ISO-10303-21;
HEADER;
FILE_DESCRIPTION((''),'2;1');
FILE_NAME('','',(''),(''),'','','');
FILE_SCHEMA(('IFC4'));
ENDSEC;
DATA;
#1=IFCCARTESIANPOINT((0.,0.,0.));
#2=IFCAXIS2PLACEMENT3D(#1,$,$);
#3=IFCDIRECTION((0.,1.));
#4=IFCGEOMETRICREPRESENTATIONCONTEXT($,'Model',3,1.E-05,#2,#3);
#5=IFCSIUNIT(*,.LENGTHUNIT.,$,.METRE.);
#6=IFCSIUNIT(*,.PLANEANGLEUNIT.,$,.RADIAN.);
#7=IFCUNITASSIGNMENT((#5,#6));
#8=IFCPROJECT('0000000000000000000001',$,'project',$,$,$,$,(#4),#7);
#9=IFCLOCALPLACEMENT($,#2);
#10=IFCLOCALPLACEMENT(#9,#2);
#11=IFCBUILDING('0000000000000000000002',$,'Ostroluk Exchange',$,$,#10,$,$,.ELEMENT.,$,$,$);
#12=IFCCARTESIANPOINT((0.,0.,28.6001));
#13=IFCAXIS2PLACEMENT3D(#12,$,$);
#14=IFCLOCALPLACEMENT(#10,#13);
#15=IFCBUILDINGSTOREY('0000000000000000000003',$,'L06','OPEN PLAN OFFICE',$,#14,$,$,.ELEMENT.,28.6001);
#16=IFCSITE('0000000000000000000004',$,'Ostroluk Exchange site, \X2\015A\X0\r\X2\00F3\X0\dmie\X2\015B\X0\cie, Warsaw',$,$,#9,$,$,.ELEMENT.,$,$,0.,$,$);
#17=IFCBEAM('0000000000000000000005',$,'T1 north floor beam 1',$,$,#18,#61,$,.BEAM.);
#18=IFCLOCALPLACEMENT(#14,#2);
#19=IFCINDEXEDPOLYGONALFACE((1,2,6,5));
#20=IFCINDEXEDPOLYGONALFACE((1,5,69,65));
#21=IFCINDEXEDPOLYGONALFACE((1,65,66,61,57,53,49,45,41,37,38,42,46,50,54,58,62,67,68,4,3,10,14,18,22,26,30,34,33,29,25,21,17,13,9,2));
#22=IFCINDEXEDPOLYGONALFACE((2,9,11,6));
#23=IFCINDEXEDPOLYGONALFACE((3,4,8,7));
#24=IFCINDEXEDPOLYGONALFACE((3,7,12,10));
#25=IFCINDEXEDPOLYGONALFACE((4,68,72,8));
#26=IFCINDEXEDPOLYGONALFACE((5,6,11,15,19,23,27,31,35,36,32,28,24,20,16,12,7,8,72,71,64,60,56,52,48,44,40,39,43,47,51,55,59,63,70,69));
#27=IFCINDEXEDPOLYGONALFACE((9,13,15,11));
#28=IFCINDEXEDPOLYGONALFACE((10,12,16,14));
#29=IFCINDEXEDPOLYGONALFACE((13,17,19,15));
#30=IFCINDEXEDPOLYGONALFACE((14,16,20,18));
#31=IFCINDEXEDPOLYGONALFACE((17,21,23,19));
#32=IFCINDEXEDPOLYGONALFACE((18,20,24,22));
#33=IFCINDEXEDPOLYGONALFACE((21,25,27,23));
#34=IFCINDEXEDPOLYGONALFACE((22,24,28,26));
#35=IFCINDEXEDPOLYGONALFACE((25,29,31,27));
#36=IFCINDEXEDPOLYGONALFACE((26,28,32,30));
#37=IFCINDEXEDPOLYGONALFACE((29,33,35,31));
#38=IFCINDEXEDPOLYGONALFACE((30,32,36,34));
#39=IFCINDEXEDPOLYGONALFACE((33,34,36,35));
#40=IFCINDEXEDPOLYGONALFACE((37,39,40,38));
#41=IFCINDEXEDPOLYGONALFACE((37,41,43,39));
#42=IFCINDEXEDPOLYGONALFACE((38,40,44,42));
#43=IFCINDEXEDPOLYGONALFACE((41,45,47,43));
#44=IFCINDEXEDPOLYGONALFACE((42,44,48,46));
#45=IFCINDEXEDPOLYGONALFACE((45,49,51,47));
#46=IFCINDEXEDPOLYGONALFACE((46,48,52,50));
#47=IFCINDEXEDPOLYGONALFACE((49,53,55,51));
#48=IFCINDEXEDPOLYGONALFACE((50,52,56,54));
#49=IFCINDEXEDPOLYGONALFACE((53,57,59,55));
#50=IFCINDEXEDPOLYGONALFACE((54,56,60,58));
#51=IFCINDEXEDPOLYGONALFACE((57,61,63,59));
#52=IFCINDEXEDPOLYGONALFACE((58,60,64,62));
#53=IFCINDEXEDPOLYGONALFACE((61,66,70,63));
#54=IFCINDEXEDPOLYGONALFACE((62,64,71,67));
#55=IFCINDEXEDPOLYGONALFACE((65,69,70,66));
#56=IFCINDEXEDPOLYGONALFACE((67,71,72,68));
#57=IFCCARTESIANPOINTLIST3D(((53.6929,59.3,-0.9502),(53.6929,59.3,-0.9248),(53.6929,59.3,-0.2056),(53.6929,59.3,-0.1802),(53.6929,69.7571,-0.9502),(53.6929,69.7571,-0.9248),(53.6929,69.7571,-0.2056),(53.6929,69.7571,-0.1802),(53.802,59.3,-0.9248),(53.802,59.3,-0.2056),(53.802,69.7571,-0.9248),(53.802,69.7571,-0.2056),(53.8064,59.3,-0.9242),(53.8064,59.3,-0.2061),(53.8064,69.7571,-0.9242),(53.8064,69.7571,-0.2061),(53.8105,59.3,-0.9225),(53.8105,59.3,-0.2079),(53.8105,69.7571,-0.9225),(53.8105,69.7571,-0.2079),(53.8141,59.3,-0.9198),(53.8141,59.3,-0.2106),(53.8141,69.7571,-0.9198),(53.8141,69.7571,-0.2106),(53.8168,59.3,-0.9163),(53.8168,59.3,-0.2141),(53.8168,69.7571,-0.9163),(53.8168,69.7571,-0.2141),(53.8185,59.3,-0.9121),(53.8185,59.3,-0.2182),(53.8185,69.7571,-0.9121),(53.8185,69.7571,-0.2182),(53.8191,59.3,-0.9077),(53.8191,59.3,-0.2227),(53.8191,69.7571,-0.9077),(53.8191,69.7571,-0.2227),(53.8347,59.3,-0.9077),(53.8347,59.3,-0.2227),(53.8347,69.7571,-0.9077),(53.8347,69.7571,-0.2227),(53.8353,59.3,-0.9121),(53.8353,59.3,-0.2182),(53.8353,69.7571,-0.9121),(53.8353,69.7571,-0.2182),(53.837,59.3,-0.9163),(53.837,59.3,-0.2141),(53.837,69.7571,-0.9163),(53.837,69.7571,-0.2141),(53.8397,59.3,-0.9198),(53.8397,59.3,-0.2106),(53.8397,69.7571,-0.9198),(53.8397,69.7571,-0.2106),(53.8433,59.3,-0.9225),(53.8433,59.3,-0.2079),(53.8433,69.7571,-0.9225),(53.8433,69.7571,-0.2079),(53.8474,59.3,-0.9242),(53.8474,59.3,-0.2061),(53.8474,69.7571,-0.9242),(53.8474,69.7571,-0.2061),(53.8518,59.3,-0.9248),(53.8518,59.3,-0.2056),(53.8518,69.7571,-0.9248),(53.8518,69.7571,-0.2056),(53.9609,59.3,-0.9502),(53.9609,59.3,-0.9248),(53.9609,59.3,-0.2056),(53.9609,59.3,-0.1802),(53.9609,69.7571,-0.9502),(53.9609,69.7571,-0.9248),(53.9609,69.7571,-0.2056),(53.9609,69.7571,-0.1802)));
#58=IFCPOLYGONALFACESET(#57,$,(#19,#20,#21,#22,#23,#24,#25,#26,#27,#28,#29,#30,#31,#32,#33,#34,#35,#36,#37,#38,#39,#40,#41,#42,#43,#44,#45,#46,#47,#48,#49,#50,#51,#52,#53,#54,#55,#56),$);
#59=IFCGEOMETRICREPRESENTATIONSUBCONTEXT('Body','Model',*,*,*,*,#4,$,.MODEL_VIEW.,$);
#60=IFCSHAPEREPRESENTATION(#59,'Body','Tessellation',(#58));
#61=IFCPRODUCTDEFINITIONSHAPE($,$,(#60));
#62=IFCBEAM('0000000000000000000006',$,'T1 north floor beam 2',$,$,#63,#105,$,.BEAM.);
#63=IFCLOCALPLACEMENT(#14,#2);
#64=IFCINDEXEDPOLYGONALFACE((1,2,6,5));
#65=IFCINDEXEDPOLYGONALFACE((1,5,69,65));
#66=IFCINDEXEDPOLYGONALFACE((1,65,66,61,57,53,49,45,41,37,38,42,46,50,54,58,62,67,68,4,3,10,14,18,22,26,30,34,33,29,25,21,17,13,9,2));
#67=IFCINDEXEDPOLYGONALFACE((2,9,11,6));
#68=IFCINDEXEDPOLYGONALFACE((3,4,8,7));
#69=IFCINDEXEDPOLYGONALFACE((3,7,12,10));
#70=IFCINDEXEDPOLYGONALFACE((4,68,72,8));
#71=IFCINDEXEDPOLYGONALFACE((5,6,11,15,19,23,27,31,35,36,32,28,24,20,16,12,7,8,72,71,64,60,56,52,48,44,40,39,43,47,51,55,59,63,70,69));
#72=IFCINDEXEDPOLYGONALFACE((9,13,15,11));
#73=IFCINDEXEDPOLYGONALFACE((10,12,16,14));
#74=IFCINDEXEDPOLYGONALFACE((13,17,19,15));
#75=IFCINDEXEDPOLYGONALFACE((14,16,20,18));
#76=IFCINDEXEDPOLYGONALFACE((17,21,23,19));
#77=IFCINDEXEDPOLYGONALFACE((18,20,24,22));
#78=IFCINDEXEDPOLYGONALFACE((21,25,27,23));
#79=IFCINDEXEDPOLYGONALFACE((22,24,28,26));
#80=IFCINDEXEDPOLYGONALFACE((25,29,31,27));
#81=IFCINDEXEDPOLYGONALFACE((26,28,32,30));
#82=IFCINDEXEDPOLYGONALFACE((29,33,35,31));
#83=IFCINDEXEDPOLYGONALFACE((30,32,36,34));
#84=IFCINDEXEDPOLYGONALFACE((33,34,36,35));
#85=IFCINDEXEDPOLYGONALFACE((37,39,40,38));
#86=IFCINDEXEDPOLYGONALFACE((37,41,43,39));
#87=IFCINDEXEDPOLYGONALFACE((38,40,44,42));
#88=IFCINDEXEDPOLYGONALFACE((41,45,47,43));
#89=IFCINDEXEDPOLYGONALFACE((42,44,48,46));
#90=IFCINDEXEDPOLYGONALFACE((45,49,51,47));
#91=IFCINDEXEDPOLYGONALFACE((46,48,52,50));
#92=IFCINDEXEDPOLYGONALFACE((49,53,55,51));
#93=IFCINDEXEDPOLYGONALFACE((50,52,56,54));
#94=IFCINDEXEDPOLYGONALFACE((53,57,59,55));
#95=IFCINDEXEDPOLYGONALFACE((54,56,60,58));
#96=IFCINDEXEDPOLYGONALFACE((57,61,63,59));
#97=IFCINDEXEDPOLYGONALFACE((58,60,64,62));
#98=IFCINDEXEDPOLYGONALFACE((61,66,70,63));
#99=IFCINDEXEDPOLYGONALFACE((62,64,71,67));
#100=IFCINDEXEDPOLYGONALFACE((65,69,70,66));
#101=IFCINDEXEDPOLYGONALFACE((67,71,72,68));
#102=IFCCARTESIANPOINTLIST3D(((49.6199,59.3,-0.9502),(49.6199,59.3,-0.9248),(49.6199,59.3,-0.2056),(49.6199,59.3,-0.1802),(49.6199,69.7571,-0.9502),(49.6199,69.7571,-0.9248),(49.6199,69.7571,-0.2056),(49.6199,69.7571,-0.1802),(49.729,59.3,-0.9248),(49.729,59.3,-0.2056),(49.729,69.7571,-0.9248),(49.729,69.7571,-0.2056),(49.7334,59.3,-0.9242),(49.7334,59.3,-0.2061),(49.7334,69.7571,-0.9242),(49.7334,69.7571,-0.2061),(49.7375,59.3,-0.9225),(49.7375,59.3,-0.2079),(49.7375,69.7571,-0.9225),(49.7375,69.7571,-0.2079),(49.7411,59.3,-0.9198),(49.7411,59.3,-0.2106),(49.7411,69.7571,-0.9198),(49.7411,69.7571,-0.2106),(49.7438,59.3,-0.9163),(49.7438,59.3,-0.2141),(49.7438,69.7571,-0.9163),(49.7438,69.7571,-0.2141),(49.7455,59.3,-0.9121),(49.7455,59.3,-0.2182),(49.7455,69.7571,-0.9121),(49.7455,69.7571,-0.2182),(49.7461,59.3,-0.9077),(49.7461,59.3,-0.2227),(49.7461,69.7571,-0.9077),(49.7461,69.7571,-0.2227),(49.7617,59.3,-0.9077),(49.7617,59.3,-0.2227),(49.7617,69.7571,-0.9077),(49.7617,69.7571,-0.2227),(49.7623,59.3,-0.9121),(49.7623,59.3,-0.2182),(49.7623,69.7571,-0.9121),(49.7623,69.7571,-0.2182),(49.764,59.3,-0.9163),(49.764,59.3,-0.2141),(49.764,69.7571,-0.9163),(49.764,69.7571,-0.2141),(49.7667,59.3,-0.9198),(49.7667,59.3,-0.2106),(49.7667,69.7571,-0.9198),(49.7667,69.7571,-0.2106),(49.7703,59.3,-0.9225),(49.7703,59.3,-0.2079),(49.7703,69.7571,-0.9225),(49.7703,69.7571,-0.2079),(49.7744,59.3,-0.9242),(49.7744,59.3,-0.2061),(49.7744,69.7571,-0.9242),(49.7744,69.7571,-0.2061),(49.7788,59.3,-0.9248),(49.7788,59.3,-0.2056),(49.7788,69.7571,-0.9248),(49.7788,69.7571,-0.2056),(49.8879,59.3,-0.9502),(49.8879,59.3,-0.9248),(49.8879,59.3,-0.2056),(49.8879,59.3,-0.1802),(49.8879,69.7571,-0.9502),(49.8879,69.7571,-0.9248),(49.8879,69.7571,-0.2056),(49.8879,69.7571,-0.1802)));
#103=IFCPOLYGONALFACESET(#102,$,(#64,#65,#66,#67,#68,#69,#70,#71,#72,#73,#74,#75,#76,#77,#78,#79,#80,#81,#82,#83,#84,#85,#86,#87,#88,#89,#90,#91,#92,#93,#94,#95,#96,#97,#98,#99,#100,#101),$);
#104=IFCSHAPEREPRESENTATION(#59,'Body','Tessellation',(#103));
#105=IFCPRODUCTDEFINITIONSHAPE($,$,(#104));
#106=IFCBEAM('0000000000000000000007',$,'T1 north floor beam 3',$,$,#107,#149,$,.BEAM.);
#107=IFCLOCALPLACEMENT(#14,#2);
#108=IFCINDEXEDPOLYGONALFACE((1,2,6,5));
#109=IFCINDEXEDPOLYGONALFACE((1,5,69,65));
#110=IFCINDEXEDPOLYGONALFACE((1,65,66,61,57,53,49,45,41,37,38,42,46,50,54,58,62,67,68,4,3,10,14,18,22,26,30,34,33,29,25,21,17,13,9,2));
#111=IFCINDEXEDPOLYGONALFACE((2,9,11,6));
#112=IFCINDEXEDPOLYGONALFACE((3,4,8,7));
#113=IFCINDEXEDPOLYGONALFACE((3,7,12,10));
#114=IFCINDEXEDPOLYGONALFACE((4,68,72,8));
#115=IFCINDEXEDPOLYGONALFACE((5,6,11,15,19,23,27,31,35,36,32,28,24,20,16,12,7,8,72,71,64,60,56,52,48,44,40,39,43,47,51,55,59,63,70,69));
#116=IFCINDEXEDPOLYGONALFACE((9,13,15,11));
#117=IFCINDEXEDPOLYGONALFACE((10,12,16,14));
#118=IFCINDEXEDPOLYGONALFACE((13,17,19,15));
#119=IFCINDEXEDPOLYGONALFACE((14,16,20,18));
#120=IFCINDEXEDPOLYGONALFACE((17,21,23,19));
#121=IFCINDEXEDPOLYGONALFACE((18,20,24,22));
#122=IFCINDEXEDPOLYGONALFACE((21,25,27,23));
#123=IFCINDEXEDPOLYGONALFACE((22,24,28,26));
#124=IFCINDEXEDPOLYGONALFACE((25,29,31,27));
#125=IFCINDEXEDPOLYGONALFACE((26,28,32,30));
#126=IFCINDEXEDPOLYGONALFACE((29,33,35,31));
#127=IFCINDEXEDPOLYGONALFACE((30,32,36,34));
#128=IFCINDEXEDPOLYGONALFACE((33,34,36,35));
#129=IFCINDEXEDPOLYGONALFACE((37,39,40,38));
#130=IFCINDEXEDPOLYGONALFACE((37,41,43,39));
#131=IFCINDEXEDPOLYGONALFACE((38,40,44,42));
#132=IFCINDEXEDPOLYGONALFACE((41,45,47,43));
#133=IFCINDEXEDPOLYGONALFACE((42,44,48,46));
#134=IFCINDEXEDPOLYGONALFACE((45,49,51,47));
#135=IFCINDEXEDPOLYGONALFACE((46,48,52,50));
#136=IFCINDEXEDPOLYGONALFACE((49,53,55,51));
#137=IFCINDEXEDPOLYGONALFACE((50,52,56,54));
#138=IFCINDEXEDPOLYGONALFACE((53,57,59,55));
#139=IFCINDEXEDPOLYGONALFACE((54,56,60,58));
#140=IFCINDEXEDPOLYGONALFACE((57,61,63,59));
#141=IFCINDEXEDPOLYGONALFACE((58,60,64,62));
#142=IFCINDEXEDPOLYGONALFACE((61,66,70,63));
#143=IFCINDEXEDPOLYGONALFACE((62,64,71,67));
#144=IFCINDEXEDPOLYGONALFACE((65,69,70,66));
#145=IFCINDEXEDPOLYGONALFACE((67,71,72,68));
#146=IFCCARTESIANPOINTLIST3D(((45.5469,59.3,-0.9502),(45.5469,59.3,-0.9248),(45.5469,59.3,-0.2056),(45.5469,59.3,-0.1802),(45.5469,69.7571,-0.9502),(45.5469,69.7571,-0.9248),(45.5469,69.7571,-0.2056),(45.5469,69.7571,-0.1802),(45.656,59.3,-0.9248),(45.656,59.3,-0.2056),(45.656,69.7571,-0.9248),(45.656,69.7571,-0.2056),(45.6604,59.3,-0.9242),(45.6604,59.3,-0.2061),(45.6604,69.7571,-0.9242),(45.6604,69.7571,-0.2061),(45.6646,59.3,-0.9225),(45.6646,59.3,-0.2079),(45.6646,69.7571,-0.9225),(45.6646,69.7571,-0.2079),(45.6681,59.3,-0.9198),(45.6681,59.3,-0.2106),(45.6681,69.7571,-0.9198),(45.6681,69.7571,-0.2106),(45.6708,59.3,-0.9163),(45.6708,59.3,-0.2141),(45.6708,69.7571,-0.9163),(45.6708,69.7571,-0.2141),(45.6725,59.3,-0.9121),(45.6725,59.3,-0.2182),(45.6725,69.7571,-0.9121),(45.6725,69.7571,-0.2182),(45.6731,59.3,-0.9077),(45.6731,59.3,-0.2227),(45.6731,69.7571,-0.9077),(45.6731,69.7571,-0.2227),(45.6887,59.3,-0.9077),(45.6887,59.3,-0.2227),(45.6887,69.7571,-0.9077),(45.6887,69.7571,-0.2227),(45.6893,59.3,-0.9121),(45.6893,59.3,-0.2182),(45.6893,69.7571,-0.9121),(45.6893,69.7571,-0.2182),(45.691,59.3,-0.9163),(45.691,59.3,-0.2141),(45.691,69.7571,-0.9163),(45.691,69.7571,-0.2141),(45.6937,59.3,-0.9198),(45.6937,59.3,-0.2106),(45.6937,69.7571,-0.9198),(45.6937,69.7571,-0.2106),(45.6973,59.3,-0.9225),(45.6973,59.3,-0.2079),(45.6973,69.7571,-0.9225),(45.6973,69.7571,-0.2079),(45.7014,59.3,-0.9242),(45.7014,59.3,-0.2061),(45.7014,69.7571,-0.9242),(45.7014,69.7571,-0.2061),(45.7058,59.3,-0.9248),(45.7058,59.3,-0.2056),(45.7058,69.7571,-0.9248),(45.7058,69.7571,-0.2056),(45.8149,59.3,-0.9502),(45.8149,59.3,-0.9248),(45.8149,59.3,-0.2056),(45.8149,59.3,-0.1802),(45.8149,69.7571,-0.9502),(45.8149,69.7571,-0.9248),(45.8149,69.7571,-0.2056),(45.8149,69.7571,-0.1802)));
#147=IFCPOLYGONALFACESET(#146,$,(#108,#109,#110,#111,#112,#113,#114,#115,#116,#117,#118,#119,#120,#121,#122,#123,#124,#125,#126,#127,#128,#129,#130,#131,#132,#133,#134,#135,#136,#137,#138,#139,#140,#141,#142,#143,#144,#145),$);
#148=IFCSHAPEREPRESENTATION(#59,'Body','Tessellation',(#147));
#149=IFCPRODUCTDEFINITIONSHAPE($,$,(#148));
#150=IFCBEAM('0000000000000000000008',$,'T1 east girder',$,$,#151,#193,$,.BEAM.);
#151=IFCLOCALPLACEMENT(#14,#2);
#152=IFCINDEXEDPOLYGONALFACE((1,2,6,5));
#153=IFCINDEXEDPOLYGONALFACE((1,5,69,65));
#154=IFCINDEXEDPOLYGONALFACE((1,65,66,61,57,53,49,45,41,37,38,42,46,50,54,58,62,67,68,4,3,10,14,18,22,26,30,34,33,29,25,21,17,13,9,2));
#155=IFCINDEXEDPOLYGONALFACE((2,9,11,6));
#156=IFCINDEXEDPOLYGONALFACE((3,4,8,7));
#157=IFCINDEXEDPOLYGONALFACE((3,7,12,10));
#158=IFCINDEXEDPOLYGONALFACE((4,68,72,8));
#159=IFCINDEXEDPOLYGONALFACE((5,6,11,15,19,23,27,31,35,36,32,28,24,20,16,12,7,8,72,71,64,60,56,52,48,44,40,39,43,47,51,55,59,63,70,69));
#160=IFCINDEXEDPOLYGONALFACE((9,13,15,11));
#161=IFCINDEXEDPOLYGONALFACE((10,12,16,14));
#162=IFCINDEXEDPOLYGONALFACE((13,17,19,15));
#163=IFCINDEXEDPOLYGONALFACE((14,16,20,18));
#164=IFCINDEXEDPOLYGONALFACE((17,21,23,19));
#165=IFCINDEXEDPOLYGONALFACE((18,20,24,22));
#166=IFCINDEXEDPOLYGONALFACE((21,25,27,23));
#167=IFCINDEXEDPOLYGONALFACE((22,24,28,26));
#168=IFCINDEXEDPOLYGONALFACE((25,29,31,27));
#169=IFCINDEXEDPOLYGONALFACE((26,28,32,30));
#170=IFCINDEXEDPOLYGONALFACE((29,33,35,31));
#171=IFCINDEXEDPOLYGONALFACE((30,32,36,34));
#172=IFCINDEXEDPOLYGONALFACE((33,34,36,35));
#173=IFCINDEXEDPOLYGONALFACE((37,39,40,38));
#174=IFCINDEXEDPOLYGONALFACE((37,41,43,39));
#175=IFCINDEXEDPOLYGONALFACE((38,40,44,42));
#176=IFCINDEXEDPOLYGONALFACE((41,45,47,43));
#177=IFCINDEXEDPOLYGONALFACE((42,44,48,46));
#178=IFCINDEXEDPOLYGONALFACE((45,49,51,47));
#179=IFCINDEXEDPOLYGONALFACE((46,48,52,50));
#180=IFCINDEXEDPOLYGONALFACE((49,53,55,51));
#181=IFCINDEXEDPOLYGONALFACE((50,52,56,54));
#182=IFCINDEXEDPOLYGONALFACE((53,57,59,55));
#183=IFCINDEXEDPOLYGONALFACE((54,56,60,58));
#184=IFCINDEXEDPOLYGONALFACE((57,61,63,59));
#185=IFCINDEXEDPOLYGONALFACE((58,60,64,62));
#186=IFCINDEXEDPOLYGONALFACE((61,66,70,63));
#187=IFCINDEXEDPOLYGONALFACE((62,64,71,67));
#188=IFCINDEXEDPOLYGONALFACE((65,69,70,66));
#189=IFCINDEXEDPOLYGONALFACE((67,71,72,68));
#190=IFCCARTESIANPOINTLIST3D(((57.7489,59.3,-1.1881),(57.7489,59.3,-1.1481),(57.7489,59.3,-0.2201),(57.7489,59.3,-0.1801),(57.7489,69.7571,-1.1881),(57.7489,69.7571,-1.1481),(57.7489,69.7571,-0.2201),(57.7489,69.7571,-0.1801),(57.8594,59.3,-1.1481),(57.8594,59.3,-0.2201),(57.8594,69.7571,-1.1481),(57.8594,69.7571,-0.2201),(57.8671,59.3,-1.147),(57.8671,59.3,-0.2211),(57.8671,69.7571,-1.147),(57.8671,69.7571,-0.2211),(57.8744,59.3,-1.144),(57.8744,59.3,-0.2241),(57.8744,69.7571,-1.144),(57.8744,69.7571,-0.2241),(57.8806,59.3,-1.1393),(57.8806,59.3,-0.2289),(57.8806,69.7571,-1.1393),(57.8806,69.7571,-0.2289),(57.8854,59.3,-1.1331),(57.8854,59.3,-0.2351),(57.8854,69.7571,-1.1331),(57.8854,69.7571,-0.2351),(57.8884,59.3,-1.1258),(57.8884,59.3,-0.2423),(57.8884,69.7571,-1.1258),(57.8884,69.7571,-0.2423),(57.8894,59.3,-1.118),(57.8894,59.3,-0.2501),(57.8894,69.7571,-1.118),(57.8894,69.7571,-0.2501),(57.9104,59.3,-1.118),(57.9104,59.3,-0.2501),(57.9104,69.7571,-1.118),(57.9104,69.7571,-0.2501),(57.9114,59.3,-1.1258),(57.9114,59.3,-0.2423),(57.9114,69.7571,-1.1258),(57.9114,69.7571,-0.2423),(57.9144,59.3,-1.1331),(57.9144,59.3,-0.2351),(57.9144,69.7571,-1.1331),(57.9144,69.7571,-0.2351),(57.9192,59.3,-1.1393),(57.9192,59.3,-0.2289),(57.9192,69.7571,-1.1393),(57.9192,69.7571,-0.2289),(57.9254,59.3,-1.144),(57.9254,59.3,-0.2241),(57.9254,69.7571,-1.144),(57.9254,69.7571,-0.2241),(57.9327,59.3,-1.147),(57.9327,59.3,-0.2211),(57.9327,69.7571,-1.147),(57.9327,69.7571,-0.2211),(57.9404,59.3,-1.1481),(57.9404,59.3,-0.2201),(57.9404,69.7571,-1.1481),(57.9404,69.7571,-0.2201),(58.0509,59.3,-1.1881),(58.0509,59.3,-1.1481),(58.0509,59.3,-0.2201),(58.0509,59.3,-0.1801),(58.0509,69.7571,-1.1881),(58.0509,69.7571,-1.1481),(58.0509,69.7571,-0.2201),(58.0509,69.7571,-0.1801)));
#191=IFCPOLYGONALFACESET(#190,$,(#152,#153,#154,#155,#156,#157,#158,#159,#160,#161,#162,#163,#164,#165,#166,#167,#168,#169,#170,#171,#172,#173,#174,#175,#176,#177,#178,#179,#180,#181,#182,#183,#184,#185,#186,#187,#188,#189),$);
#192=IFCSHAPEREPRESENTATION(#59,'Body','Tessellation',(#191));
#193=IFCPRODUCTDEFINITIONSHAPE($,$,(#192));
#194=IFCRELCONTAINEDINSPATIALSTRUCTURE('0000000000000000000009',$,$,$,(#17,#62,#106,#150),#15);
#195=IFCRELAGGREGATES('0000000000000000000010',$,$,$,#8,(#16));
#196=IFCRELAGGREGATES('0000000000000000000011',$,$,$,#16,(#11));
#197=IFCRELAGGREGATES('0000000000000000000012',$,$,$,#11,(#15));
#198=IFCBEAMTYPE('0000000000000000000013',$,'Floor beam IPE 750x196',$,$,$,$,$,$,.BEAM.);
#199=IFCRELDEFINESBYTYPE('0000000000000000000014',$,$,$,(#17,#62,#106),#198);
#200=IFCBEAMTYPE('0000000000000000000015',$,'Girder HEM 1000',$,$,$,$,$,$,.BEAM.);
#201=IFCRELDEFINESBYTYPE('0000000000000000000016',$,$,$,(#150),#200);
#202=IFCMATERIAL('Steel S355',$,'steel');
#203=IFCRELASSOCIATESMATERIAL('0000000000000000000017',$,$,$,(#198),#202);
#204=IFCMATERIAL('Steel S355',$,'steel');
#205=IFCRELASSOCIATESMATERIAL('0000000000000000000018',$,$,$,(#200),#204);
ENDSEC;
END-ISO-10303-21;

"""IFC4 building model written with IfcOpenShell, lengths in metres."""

from ifc_helpers import new_model, si_unit, direction, frame, origin, origin_2d, place, context, subcontext, project, spatial, i_section, extrude, material, material_profile, profile_set, type_object, element, save


model = new_model("IFC4")

# Units and contexts
model_context = context("Model", 3, precision=1e-05, world=origin(), true_north=direction((0.0, 1.0)))
body_context = subcontext(model_context, "Body", "Model", "MODEL_VIEW")
ifc_project = project(units=[si_unit("LENGTHUNIT", "METRE"), si_unit("PLANEANGLEUNIT", "RADIAN")], contexts=[model_context])

# Site, building, storey
site_placement = place(None, origin())
site = spatial("IfcSite", under=ifc_project, at=site_placement, Name="Ostroluk Exchange site, Śródmieście, Warsaw", CompositionType="ELEMENT", RefElevation=0.0)
building_placement = place(site_placement, origin())
building = spatial("IfcBuilding", under=site, at=building_placement, Name="Ostroluk Exchange", CompositionType="ELEMENT")
storey_placement = place(building_placement, frame((0.0, 0.0, 28.6001)))
storey = spatial("IfcBuildingStorey", under=building, at=storey_placement, Name="L06", Description="OPEN PLAN OFFICE", CompositionType="ELEMENT", Elevation=28.6001)

# Beams
ifc_material_1 = material(Name="Steel S355", Category="steel")
ifc_material_profile_1 = material_profile(ifc_material_1, i_section(OverallWidth=0.2681, OverallDepth=0.77, WebThickness=0.0156, FlangeThickness=0.0254, FilletRadius=0.0171, at=origin_2d()), Name="IPE 750x196")
ifc_profile_set_1 = profile_set([ifc_material_profile_1], Name="Steel S355")
beam_type_1 = type_object("IfcBeamType", Name="Floor beam IPE 750x196", PredefinedType="BEAM", material=ifc_profile_set_1)
for number, where, z_axis, x_axis, name in (
    (1, (53.8269, 59.3, -0.5652), (0.0, 1.0, 0.0), (-1.0, 0.0, 0.0), "T1 north floor beam 1"),
    (2, (49.7539, 59.3, -0.5652), (0.0, 1.0, 0.0), (-1.0, 0.0, 0.0), "T1 north floor beam 2"),
    (3, (45.6809, 59.3, -0.5652), (0.0, 1.0, 0.0), (-1.0, 0.0, 0.0), "T1 north floor beam 3"),
):
    element("IfcBeam", number, at=place(storey_placement, frame(where, z_axis=z_axis, x_axis=x_axis)), inside=storey, type_object=beam_type_1, Name=name, PredefinedType="BEAM", context=body_context, shape_type="SweptSolid", body=[
        extrude(i_section(OverallWidth=0.2681, OverallDepth=0.77, WebThickness=0.0156, FlangeThickness=0.0254, FilletRadius=0.0171, at=origin_2d()), origin(), (0.0, 0.0, 1.0), 10.457),
    ])
ifc_material_2 = material(Name="Steel S355", Category="steel")
ifc_material_profile_2 = material_profile(ifc_material_2, i_section(OverallWidth=0.302, OverallDepth=1.0081, WebThickness=0.021, FlangeThickness=0.04, FilletRadius=0.03, at=origin_2d()), Name="HEM 1000")
ifc_profile_set_2 = profile_set([ifc_material_profile_2], Name="Steel S355")
beam_type_2 = type_object("IfcBeamType", Name="Girder HEM 1000", PredefinedType="BEAM", material=ifc_profile_set_2)
beam_placement = place(storey_placement, frame((57.8999, 59.3, -0.6841), z_axis=(0.0, 1.0, 0.0), x_axis=(-1.0, 0.0, 0.0)))
element("IfcBeam", 4, at=beam_placement, inside=storey, type_object=beam_type_2, Name="T1 east girder", PredefinedType="BEAM", context=body_context, shape_type="SweptSolid", body=[
    extrude(i_section(OverallWidth=0.302, OverallDepth=1.0081, WebThickness=0.021, FlangeThickness=0.04, FilletRadius=0.03, at=origin_2d()), origin(), (0.0, 0.0, 1.0), 10.457),
])

save(model, "model.ifc")
